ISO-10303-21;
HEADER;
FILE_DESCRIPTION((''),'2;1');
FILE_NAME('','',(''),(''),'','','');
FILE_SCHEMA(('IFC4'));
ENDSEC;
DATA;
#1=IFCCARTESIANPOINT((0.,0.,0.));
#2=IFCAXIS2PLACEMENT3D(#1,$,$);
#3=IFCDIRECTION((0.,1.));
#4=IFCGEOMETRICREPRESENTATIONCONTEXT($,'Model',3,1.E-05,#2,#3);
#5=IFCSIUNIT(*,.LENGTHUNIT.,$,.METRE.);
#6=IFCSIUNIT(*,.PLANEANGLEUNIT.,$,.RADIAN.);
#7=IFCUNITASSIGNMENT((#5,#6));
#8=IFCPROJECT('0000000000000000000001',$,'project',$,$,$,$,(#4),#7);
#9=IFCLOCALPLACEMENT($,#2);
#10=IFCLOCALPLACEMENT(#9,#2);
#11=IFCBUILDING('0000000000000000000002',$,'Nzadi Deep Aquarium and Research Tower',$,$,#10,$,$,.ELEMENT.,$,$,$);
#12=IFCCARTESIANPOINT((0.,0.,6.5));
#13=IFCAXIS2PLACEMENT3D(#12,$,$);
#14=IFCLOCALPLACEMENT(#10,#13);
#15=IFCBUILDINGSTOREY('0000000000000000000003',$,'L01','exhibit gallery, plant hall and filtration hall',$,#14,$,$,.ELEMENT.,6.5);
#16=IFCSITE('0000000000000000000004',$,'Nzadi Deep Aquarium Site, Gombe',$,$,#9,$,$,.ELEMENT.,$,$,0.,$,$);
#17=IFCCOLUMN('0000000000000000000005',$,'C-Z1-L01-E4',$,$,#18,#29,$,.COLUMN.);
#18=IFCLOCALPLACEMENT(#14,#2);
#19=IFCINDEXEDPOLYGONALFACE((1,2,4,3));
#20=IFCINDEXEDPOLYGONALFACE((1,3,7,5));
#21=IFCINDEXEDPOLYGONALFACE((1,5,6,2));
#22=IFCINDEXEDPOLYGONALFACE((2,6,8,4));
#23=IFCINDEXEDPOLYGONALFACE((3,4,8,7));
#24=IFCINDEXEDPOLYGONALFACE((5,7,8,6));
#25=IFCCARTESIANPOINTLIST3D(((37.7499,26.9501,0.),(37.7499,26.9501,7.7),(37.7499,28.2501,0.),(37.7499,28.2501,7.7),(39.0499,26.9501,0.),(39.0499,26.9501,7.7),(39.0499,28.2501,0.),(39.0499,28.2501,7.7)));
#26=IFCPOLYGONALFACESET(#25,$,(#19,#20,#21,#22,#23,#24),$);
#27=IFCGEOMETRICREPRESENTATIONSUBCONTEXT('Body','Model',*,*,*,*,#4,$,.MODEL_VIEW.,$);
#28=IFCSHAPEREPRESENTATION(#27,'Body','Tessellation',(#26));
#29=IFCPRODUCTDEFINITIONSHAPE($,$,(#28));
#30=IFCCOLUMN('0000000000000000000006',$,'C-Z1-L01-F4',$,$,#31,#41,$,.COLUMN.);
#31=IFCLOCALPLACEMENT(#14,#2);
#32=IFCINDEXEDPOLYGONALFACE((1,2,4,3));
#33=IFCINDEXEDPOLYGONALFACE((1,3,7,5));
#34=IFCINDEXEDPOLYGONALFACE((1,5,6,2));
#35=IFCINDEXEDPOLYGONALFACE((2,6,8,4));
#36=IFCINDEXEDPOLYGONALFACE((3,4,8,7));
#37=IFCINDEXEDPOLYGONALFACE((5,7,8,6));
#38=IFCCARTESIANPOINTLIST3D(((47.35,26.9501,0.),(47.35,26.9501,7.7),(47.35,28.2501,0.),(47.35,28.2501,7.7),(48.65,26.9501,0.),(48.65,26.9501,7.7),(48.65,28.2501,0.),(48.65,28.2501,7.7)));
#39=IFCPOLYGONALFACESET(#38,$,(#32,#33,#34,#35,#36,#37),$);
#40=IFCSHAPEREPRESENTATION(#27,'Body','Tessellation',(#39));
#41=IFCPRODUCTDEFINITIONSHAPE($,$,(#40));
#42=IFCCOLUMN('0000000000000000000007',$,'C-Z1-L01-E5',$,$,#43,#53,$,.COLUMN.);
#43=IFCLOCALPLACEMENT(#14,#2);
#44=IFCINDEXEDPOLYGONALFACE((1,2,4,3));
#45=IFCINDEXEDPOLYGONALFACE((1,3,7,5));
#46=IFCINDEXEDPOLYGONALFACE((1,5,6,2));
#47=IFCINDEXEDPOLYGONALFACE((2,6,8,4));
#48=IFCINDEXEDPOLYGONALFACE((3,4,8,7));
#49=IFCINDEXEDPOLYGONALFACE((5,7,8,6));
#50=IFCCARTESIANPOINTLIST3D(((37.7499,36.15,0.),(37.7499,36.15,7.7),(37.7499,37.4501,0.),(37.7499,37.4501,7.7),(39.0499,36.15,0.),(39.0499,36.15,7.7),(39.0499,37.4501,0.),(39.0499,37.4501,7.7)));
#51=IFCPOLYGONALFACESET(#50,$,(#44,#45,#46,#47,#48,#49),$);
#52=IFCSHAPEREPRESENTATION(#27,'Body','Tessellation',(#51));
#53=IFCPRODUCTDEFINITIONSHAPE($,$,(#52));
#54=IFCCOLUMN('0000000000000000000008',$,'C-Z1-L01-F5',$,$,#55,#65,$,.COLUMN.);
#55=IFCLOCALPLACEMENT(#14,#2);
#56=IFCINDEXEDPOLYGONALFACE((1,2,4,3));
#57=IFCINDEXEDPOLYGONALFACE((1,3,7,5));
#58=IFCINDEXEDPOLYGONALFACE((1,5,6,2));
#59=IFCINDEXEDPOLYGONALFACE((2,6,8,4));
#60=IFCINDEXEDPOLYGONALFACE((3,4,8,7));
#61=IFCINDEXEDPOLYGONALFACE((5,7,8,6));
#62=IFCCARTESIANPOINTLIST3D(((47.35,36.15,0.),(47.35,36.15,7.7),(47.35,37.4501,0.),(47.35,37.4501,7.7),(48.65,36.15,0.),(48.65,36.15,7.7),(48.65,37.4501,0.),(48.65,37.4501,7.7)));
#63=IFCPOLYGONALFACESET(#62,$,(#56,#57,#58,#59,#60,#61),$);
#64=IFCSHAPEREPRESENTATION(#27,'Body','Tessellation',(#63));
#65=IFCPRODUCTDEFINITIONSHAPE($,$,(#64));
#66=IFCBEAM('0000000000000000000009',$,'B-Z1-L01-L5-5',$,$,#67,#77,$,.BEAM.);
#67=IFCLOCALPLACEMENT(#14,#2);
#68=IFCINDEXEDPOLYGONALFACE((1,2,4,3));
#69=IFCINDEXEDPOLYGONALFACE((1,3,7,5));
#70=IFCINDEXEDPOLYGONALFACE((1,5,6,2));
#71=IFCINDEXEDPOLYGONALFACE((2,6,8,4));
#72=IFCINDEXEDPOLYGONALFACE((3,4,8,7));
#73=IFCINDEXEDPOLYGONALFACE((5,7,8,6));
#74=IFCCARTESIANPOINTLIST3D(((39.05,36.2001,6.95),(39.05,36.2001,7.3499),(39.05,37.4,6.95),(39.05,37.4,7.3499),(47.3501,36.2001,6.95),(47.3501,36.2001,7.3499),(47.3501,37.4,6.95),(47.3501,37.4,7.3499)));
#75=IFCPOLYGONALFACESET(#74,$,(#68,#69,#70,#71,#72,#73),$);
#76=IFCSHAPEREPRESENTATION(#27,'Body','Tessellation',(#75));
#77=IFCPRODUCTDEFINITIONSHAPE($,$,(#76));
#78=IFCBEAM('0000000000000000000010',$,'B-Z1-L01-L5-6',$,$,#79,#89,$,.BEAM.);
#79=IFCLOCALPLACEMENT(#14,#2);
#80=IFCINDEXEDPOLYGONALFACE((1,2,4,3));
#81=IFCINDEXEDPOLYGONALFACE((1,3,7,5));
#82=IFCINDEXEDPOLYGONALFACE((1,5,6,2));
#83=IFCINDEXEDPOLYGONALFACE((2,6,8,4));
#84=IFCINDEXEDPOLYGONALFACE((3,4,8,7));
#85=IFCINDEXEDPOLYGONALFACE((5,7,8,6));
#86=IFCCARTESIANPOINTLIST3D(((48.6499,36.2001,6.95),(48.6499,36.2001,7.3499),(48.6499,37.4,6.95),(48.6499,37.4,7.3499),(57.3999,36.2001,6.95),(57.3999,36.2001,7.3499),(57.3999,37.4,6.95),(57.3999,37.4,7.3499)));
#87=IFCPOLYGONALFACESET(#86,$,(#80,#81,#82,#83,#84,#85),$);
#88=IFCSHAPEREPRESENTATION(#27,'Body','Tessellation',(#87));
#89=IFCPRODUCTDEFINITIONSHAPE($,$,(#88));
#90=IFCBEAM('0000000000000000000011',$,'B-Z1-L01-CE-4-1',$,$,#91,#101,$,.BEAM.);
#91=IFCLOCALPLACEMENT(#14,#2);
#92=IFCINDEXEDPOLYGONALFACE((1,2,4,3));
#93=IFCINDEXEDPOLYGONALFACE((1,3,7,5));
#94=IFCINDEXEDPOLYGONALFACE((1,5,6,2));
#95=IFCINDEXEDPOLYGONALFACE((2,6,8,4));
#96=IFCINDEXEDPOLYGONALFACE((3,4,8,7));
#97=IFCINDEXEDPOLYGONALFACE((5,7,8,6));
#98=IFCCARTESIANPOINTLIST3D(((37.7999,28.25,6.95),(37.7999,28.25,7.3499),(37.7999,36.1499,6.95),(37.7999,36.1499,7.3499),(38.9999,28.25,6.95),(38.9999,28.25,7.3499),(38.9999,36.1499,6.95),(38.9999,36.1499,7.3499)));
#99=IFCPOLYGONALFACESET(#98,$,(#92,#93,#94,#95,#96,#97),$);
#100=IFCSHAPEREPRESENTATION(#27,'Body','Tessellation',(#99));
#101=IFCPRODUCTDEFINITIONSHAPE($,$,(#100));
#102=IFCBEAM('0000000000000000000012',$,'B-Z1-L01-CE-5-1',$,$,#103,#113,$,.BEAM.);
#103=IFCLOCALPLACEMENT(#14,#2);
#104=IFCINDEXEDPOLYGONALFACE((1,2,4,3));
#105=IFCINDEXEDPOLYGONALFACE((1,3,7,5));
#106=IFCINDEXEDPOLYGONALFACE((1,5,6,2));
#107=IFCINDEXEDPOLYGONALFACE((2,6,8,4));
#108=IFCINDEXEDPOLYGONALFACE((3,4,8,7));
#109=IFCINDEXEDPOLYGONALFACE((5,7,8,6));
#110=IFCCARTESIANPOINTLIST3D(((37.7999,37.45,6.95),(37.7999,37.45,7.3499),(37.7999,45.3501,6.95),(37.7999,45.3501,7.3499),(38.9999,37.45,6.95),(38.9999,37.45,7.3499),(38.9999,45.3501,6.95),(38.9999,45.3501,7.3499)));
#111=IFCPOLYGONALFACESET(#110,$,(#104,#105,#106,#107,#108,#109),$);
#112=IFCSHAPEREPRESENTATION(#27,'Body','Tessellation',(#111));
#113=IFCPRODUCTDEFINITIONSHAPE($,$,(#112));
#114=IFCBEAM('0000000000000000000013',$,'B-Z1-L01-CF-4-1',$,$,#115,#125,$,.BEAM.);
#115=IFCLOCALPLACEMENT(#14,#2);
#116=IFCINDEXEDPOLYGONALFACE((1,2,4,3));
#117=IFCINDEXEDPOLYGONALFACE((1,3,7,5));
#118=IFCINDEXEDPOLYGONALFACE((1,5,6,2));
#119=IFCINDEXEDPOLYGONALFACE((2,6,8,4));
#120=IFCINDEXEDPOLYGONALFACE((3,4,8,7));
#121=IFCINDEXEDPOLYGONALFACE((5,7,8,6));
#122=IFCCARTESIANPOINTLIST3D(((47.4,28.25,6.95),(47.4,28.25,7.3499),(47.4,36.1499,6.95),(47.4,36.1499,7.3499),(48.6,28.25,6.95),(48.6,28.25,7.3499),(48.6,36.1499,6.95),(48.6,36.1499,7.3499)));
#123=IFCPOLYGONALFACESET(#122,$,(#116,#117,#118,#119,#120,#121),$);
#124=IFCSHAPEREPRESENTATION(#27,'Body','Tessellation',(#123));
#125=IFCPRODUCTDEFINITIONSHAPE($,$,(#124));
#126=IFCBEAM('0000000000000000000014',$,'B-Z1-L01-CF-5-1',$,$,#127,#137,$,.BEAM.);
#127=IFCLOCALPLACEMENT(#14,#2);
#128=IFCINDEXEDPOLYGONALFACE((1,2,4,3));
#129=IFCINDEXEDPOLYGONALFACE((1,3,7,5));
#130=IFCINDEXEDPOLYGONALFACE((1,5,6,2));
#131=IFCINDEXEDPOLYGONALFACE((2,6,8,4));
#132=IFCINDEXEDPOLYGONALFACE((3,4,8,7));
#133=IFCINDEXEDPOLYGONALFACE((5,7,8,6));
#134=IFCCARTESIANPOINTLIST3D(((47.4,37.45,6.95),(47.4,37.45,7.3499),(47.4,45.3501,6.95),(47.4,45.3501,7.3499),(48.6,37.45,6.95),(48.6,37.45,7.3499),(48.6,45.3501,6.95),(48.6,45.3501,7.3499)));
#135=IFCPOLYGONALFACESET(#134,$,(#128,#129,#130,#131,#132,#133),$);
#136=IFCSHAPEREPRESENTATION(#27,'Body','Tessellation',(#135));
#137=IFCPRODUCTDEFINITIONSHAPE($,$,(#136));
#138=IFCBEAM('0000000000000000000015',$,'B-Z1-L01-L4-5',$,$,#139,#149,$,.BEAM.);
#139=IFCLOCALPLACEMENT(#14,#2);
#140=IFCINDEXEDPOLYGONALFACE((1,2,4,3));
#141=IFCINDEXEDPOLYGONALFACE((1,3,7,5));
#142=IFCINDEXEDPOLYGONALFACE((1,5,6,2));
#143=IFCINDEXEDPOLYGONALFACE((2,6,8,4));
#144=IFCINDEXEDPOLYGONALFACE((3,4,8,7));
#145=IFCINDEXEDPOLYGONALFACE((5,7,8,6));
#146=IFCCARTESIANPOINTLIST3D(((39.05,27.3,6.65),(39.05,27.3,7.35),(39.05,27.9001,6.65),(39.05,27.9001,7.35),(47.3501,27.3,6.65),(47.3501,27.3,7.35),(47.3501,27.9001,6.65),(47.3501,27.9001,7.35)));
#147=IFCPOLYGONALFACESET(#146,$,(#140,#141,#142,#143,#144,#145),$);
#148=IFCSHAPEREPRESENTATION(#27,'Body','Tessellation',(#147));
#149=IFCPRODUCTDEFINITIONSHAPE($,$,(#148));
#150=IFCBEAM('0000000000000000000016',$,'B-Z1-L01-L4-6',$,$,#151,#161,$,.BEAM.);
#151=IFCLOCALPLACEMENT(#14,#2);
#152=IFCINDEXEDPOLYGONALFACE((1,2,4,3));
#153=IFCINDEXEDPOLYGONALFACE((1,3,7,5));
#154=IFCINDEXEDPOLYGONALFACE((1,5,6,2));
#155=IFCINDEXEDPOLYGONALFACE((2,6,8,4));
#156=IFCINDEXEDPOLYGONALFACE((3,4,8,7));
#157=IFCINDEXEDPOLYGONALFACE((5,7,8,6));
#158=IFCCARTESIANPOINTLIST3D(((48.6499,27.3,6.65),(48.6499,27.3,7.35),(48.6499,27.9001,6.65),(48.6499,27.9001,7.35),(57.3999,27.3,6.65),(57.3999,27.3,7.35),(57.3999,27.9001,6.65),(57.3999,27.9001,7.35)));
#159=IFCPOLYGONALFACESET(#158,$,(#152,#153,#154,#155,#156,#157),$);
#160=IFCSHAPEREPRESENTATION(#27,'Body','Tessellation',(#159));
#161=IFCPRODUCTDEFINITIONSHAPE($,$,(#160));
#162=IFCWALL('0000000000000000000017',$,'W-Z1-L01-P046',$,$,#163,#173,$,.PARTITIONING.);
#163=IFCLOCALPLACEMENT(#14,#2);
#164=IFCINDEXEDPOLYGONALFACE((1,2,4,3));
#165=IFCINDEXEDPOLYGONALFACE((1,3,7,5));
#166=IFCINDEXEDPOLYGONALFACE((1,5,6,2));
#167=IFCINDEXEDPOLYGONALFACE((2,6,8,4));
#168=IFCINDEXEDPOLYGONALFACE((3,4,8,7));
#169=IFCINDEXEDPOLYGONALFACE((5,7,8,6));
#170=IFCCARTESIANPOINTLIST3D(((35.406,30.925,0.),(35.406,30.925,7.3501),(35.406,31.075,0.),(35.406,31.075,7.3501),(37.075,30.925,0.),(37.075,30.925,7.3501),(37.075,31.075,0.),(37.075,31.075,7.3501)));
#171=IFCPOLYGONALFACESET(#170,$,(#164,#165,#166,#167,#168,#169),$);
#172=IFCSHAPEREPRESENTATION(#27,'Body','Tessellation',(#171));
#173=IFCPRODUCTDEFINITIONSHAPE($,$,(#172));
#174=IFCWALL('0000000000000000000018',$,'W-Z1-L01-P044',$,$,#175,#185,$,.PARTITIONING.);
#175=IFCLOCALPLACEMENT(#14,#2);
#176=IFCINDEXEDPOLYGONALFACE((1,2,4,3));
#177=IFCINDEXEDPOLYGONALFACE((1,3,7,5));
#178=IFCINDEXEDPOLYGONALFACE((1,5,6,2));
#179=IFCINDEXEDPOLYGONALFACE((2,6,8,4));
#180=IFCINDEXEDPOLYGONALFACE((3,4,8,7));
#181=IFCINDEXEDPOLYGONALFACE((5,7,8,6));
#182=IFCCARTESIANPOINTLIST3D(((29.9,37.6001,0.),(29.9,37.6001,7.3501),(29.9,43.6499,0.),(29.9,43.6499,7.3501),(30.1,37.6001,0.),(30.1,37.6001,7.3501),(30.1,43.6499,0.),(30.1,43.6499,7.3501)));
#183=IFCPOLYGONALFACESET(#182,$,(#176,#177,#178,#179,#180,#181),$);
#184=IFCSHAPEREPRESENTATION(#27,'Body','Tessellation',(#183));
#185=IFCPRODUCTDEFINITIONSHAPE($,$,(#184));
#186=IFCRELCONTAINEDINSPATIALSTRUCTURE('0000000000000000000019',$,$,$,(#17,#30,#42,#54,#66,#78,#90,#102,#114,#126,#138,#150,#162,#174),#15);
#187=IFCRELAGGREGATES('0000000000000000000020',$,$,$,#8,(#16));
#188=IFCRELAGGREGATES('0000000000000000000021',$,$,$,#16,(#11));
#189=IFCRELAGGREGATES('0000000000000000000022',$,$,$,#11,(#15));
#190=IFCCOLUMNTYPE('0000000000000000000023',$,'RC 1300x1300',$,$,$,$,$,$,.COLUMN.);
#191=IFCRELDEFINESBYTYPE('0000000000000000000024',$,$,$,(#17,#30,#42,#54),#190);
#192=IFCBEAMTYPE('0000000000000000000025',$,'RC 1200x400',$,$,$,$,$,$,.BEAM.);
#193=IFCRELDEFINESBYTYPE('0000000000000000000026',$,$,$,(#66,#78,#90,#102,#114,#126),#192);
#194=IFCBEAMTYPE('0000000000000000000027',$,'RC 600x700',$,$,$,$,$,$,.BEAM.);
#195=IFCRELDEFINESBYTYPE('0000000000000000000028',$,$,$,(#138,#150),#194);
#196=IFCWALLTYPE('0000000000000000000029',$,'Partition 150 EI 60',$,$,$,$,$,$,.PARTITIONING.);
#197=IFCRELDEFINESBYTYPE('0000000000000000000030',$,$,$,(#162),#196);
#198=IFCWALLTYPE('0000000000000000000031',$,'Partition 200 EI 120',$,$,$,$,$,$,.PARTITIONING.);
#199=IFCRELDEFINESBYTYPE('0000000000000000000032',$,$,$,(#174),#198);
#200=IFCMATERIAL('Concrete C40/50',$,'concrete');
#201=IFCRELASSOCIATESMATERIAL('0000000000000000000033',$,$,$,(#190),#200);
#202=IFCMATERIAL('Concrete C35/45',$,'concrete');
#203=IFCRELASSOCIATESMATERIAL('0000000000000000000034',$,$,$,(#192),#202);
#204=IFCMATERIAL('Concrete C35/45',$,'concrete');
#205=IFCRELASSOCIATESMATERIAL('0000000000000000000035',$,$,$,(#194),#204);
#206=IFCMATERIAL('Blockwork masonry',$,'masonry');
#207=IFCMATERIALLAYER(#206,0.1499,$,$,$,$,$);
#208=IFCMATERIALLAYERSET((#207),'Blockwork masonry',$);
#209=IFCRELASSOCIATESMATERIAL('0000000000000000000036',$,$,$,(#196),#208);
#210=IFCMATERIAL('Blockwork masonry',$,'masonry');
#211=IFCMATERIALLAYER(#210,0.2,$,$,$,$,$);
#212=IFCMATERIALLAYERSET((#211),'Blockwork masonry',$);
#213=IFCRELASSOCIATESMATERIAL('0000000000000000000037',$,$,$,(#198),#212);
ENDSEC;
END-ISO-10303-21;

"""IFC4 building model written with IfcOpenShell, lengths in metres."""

from ifc_helpers import new_model, si_unit, direction, frame, frame_2d, origin, origin_2d, place, context, subcontext, project, spatial, rectangle, extrude, material, layer, layer_set, material_profile, profile_set, type_object, element, save


model = new_model("IFC4")

# Units and contexts
model_context = context("Model", 3, precision=1e-05, world=origin(), true_north=direction((0.0, 1.0)))
body_context = subcontext(model_context, "Body", "Model", "MODEL_VIEW")
ifc_project = project(units=[si_unit("LENGTHUNIT", "METRE"), si_unit("PLANEANGLEUNIT", "RADIAN")], contexts=[model_context])

# Site, building, storey
site_placement = place(None, origin())
site = spatial("IfcSite", under=ifc_project, at=site_placement, Name="Nzadi Deep Aquarium Site, Gombe", CompositionType="ELEMENT", RefElevation=0.0)
building_placement = place(site_placement, origin())
building = spatial("IfcBuilding", under=site, at=building_placement, Name="Nzadi Deep Aquarium and Research Tower", CompositionType="ELEMENT")
storey_placement = place(building_placement, frame((0.0, 0.0, 6.5)))
storey = spatial("IfcBuildingStorey", under=building, at=storey_placement, Name="L01", Description="exhibit gallery, plant hall and filtration hall", CompositionType="ELEMENT", Elevation=6.5)

# Columns
ifc_material_1 = material(Name="Concrete C40/50", Category="concrete")
ifc_material_profile_1 = material_profile(ifc_material_1, rectangle(XDim=1.3, YDim=1.3, at=origin_2d()))
ifc_profile_set_1 = profile_set([ifc_material_profile_1], Name="Concrete C40/50")
column_type = type_object("IfcColumnType", Name="RC 1300x1300", PredefinedType="COLUMN", material=ifc_profile_set_1)
for number, where, z_axis, x_axis, name in (
    (1, (38.3999, 27.6001, 0.0), (0.0, 0.0, 1.0), (1.0, 0.0, 0.0), "C-Z1-L01-E4"),
    (2, (48.0, 27.6001, 0.0), (0.0, 0.0, 1.0), (1.0, 0.0, 0.0), "C-Z1-L01-F4"),
    (3, (38.3999, 36.8, 0.0), (0.0, 0.0, 1.0), (1.0, 0.0, 0.0), "C-Z1-L01-E5"),
    (4, (48.0, 36.8, 0.0), (0.0, 0.0, 1.0), (1.0, 0.0, 0.0), "C-Z1-L01-F5"),
):
    element("IfcColumn", number, at=place(storey_placement, frame(where, z_axis=z_axis, x_axis=x_axis)), inside=storey, type_object=column_type, Name=name, PredefinedType="COLUMN", context=body_context, shape_type="SweptSolid", body=[
        extrude(rectangle(XDim=1.3, YDim=1.3, at=origin_2d()), origin(), (0.0, 0.0, 1.0), 7.7),
    ])

# Beams
ifc_material_2 = material(Name="Concrete C35/45", Category="concrete")
ifc_material_profile_2 = material_profile(ifc_material_2, rectangle(XDim=1.2, YDim=0.3999, at=origin_2d()))
ifc_profile_set_2 = profile_set([ifc_material_profile_2], Name="Concrete C35/45")
beam_type_1 = type_object("IfcBeamType", Name="RC 1200x400", PredefinedType="BEAM", material=ifc_profile_set_2)
beam_1_placement = place(storey_placement, frame((39.05, 36.8, 7.1499), z_axis=(1.0, 0.0, 0.0), x_axis=(0.0, 1.0, 0.0)))
element("IfcBeam", 5, at=beam_1_placement, inside=storey, type_object=beam_type_1, Name="B-Z1-L01-L5-5", PredefinedType="BEAM", context=body_context, shape_type="SweptSolid", body=[
    extrude(rectangle(XDim=1.2, YDim=0.3999, at=origin_2d()), origin(), (0.0, 0.0, 1.0), 8.3),
])
beam_2_placement = place(storey_placement, frame((48.6499, 36.8, 7.1499), z_axis=(1.0, 0.0, 0.0), x_axis=(0.0, 1.0, 0.0)))
element("IfcBeam", 6, at=beam_2_placement, inside=storey, type_object=beam_type_1, Name="B-Z1-L01-L5-6", PredefinedType="BEAM", context=body_context, shape_type="SweptSolid", body=[
    extrude(rectangle(XDim=1.2, YDim=0.3999, at=origin_2d()), origin(), (0.0, 0.0, 1.0), 8.75),
])
beam_3_placement = place(storey_placement, frame((38.3999, 28.25, 7.1499), z_axis=(0.0, 1.0, 0.0), x_axis=(-1.0, 0.0, 0.0)))
element("IfcBeam", 7, at=beam_3_placement, inside=storey, type_object=beam_type_1, Name="B-Z1-L01-CE-4-1", PredefinedType="BEAM", context=body_context, shape_type="SweptSolid", body=[
    extrude(rectangle(XDim=1.2, YDim=0.3999, at=origin_2d()), origin(), (0.0, 0.0, 1.0), 7.8999),
])
beam_4_placement = place(storey_placement, frame((38.3999, 37.45, 7.1499), z_axis=(0.0, 1.0, 0.0), x_axis=(-1.0, 0.0, 0.0)))
element("IfcBeam", 8, at=beam_4_placement, inside=storey, type_object=beam_type_1, Name="B-Z1-L01-CE-5-1", PredefinedType="BEAM", context=body_context, shape_type="SweptSolid", body=[
    extrude(rectangle(XDim=1.2, YDim=0.3999, at=origin_2d()), origin(), (0.0, 0.0, 1.0), 7.9001),
])
beam_5_placement = place(storey_placement, frame((48.0, 28.25, 7.1499), z_axis=(0.0, 1.0, 0.0), x_axis=(-1.0, 0.0, 0.0)))
element("IfcBeam", 9, at=beam_5_placement, inside=storey, type_object=beam_type_1, Name="B-Z1-L01-CF-4-1", PredefinedType="BEAM", context=body_context, shape_type="SweptSolid", body=[
    extrude(rectangle(XDim=1.2, YDim=0.3999, at=origin_2d()), origin(), (0.0, 0.0, 1.0), 7.8999),
])
beam_6_placement = place(storey_placement, frame((48.0, 37.45, 7.1499), z_axis=(0.0, 1.0, 0.0), x_axis=(-1.0, 0.0, 0.0)))
element("IfcBeam", 10, at=beam_6_placement, inside=storey, type_object=beam_type_1, Name="B-Z1-L01-CF-5-1", PredefinedType="BEAM", context=body_context, shape_type="SweptSolid", body=[
    extrude(rectangle(XDim=1.2, YDim=0.3999, at=origin_2d()), origin(), (0.0, 0.0, 1.0), 7.9001),
])
ifc_material_3 = material(Name="Concrete C35/45", Category="concrete")
ifc_material_profile_3 = material_profile(ifc_material_3, rectangle(XDim=0.6001, YDim=0.7, at=origin_2d()))
ifc_profile_set_3 = profile_set([ifc_material_profile_3], Name="Concrete C35/45")
beam_type_2 = type_object("IfcBeamType", Name="RC 600x700", PredefinedType="BEAM", material=ifc_profile_set_3)
beam_7_placement = place(storey_placement, frame((39.05, 27.6001, 7.0), z_axis=(1.0, 0.0, 0.0), x_axis=(0.0, 1.0, 0.0)))
element("IfcBeam", 11, at=beam_7_placement, inside=storey, type_object=beam_type_2, Name="B-Z1-L01-L4-5", PredefinedType="BEAM", context=body_context, shape_type="SweptSolid", body=[
    extrude(rectangle(XDim=0.6001, YDim=0.7, at=origin_2d()), origin(), (0.0, 0.0, 1.0), 8.3),
])
beam_8_placement = place(storey_placement, frame((48.6499, 27.6001, 7.0), z_axis=(1.0, 0.0, 0.0), x_axis=(0.0, 1.0, 0.0)))
element("IfcBeam", 12, at=beam_8_placement, inside=storey, type_object=beam_type_2, Name="B-Z1-L01-L4-6", PredefinedType="BEAM", context=body_context, shape_type="SweptSolid", body=[
    extrude(rectangle(XDim=0.6001, YDim=0.7, at=origin_2d()), origin(), (0.0, 0.0, 1.0), 8.75),
])

# Walls
ifc_material_4 = material(Name="Blockwork masonry", Category="masonry")
ifc_layer_1 = layer(ifc_material_4, 0.1499)
ifc_layer_set_1 = layer_set([ifc_layer_1], Name="Blockwork masonry")
wall_type_1 = type_object("IfcWallType", Name="Partition 150 EI 60", PredefinedType="PARTITIONING", material=ifc_layer_set_1)
wall_1_placement = place(storey_placement, frame((35.406, 31.0, 0.0), z_axis=(0.0, 0.0, 1.0), x_axis=(1.0, 0.0, 0.0)))
element("IfcWall", 13, at=wall_1_placement, inside=storey, type_object=wall_type_1, Name="W-Z1-L01-P046", PredefinedType="PARTITIONING", context=body_context, shape_type="SweptSolid", body=[
    extrude(rectangle(XDim=1.6689, YDim=0.1499, at=frame_2d((0.8345, 0.0))), origin(), (0.0, 0.0, 1.0), 7.3501),
])
ifc_material_5 = material(Name="Blockwork masonry", Category="masonry")
ifc_layer_2 = layer(ifc_material_5, 0.2)
ifc_layer_set_2 = layer_set([ifc_layer_2], Name="Blockwork masonry")
wall_type_2 = type_object("IfcWallType", Name="Partition 200 EI 120", PredefinedType="PARTITIONING", material=ifc_layer_set_2)
wall_2_placement = place(storey_placement, frame((30.0, 37.6001, 0.0), z_axis=(0.0, 0.0, 1.0), x_axis=(0.0, 1.0, 0.0)))
element("IfcWall", 14, at=wall_2_placement, inside=storey, type_object=wall_type_2, Name="W-Z1-L01-P044", PredefinedType="PARTITIONING", context=body_context, shape_type="SweptSolid", body=[
    extrude(rectangle(XDim=6.0498, YDim=0.2, at=frame_2d((3.0249, 0.0))), origin(), (0.0, 0.0, 1.0), 7.3501),
])

save(model, "model.ifc")
